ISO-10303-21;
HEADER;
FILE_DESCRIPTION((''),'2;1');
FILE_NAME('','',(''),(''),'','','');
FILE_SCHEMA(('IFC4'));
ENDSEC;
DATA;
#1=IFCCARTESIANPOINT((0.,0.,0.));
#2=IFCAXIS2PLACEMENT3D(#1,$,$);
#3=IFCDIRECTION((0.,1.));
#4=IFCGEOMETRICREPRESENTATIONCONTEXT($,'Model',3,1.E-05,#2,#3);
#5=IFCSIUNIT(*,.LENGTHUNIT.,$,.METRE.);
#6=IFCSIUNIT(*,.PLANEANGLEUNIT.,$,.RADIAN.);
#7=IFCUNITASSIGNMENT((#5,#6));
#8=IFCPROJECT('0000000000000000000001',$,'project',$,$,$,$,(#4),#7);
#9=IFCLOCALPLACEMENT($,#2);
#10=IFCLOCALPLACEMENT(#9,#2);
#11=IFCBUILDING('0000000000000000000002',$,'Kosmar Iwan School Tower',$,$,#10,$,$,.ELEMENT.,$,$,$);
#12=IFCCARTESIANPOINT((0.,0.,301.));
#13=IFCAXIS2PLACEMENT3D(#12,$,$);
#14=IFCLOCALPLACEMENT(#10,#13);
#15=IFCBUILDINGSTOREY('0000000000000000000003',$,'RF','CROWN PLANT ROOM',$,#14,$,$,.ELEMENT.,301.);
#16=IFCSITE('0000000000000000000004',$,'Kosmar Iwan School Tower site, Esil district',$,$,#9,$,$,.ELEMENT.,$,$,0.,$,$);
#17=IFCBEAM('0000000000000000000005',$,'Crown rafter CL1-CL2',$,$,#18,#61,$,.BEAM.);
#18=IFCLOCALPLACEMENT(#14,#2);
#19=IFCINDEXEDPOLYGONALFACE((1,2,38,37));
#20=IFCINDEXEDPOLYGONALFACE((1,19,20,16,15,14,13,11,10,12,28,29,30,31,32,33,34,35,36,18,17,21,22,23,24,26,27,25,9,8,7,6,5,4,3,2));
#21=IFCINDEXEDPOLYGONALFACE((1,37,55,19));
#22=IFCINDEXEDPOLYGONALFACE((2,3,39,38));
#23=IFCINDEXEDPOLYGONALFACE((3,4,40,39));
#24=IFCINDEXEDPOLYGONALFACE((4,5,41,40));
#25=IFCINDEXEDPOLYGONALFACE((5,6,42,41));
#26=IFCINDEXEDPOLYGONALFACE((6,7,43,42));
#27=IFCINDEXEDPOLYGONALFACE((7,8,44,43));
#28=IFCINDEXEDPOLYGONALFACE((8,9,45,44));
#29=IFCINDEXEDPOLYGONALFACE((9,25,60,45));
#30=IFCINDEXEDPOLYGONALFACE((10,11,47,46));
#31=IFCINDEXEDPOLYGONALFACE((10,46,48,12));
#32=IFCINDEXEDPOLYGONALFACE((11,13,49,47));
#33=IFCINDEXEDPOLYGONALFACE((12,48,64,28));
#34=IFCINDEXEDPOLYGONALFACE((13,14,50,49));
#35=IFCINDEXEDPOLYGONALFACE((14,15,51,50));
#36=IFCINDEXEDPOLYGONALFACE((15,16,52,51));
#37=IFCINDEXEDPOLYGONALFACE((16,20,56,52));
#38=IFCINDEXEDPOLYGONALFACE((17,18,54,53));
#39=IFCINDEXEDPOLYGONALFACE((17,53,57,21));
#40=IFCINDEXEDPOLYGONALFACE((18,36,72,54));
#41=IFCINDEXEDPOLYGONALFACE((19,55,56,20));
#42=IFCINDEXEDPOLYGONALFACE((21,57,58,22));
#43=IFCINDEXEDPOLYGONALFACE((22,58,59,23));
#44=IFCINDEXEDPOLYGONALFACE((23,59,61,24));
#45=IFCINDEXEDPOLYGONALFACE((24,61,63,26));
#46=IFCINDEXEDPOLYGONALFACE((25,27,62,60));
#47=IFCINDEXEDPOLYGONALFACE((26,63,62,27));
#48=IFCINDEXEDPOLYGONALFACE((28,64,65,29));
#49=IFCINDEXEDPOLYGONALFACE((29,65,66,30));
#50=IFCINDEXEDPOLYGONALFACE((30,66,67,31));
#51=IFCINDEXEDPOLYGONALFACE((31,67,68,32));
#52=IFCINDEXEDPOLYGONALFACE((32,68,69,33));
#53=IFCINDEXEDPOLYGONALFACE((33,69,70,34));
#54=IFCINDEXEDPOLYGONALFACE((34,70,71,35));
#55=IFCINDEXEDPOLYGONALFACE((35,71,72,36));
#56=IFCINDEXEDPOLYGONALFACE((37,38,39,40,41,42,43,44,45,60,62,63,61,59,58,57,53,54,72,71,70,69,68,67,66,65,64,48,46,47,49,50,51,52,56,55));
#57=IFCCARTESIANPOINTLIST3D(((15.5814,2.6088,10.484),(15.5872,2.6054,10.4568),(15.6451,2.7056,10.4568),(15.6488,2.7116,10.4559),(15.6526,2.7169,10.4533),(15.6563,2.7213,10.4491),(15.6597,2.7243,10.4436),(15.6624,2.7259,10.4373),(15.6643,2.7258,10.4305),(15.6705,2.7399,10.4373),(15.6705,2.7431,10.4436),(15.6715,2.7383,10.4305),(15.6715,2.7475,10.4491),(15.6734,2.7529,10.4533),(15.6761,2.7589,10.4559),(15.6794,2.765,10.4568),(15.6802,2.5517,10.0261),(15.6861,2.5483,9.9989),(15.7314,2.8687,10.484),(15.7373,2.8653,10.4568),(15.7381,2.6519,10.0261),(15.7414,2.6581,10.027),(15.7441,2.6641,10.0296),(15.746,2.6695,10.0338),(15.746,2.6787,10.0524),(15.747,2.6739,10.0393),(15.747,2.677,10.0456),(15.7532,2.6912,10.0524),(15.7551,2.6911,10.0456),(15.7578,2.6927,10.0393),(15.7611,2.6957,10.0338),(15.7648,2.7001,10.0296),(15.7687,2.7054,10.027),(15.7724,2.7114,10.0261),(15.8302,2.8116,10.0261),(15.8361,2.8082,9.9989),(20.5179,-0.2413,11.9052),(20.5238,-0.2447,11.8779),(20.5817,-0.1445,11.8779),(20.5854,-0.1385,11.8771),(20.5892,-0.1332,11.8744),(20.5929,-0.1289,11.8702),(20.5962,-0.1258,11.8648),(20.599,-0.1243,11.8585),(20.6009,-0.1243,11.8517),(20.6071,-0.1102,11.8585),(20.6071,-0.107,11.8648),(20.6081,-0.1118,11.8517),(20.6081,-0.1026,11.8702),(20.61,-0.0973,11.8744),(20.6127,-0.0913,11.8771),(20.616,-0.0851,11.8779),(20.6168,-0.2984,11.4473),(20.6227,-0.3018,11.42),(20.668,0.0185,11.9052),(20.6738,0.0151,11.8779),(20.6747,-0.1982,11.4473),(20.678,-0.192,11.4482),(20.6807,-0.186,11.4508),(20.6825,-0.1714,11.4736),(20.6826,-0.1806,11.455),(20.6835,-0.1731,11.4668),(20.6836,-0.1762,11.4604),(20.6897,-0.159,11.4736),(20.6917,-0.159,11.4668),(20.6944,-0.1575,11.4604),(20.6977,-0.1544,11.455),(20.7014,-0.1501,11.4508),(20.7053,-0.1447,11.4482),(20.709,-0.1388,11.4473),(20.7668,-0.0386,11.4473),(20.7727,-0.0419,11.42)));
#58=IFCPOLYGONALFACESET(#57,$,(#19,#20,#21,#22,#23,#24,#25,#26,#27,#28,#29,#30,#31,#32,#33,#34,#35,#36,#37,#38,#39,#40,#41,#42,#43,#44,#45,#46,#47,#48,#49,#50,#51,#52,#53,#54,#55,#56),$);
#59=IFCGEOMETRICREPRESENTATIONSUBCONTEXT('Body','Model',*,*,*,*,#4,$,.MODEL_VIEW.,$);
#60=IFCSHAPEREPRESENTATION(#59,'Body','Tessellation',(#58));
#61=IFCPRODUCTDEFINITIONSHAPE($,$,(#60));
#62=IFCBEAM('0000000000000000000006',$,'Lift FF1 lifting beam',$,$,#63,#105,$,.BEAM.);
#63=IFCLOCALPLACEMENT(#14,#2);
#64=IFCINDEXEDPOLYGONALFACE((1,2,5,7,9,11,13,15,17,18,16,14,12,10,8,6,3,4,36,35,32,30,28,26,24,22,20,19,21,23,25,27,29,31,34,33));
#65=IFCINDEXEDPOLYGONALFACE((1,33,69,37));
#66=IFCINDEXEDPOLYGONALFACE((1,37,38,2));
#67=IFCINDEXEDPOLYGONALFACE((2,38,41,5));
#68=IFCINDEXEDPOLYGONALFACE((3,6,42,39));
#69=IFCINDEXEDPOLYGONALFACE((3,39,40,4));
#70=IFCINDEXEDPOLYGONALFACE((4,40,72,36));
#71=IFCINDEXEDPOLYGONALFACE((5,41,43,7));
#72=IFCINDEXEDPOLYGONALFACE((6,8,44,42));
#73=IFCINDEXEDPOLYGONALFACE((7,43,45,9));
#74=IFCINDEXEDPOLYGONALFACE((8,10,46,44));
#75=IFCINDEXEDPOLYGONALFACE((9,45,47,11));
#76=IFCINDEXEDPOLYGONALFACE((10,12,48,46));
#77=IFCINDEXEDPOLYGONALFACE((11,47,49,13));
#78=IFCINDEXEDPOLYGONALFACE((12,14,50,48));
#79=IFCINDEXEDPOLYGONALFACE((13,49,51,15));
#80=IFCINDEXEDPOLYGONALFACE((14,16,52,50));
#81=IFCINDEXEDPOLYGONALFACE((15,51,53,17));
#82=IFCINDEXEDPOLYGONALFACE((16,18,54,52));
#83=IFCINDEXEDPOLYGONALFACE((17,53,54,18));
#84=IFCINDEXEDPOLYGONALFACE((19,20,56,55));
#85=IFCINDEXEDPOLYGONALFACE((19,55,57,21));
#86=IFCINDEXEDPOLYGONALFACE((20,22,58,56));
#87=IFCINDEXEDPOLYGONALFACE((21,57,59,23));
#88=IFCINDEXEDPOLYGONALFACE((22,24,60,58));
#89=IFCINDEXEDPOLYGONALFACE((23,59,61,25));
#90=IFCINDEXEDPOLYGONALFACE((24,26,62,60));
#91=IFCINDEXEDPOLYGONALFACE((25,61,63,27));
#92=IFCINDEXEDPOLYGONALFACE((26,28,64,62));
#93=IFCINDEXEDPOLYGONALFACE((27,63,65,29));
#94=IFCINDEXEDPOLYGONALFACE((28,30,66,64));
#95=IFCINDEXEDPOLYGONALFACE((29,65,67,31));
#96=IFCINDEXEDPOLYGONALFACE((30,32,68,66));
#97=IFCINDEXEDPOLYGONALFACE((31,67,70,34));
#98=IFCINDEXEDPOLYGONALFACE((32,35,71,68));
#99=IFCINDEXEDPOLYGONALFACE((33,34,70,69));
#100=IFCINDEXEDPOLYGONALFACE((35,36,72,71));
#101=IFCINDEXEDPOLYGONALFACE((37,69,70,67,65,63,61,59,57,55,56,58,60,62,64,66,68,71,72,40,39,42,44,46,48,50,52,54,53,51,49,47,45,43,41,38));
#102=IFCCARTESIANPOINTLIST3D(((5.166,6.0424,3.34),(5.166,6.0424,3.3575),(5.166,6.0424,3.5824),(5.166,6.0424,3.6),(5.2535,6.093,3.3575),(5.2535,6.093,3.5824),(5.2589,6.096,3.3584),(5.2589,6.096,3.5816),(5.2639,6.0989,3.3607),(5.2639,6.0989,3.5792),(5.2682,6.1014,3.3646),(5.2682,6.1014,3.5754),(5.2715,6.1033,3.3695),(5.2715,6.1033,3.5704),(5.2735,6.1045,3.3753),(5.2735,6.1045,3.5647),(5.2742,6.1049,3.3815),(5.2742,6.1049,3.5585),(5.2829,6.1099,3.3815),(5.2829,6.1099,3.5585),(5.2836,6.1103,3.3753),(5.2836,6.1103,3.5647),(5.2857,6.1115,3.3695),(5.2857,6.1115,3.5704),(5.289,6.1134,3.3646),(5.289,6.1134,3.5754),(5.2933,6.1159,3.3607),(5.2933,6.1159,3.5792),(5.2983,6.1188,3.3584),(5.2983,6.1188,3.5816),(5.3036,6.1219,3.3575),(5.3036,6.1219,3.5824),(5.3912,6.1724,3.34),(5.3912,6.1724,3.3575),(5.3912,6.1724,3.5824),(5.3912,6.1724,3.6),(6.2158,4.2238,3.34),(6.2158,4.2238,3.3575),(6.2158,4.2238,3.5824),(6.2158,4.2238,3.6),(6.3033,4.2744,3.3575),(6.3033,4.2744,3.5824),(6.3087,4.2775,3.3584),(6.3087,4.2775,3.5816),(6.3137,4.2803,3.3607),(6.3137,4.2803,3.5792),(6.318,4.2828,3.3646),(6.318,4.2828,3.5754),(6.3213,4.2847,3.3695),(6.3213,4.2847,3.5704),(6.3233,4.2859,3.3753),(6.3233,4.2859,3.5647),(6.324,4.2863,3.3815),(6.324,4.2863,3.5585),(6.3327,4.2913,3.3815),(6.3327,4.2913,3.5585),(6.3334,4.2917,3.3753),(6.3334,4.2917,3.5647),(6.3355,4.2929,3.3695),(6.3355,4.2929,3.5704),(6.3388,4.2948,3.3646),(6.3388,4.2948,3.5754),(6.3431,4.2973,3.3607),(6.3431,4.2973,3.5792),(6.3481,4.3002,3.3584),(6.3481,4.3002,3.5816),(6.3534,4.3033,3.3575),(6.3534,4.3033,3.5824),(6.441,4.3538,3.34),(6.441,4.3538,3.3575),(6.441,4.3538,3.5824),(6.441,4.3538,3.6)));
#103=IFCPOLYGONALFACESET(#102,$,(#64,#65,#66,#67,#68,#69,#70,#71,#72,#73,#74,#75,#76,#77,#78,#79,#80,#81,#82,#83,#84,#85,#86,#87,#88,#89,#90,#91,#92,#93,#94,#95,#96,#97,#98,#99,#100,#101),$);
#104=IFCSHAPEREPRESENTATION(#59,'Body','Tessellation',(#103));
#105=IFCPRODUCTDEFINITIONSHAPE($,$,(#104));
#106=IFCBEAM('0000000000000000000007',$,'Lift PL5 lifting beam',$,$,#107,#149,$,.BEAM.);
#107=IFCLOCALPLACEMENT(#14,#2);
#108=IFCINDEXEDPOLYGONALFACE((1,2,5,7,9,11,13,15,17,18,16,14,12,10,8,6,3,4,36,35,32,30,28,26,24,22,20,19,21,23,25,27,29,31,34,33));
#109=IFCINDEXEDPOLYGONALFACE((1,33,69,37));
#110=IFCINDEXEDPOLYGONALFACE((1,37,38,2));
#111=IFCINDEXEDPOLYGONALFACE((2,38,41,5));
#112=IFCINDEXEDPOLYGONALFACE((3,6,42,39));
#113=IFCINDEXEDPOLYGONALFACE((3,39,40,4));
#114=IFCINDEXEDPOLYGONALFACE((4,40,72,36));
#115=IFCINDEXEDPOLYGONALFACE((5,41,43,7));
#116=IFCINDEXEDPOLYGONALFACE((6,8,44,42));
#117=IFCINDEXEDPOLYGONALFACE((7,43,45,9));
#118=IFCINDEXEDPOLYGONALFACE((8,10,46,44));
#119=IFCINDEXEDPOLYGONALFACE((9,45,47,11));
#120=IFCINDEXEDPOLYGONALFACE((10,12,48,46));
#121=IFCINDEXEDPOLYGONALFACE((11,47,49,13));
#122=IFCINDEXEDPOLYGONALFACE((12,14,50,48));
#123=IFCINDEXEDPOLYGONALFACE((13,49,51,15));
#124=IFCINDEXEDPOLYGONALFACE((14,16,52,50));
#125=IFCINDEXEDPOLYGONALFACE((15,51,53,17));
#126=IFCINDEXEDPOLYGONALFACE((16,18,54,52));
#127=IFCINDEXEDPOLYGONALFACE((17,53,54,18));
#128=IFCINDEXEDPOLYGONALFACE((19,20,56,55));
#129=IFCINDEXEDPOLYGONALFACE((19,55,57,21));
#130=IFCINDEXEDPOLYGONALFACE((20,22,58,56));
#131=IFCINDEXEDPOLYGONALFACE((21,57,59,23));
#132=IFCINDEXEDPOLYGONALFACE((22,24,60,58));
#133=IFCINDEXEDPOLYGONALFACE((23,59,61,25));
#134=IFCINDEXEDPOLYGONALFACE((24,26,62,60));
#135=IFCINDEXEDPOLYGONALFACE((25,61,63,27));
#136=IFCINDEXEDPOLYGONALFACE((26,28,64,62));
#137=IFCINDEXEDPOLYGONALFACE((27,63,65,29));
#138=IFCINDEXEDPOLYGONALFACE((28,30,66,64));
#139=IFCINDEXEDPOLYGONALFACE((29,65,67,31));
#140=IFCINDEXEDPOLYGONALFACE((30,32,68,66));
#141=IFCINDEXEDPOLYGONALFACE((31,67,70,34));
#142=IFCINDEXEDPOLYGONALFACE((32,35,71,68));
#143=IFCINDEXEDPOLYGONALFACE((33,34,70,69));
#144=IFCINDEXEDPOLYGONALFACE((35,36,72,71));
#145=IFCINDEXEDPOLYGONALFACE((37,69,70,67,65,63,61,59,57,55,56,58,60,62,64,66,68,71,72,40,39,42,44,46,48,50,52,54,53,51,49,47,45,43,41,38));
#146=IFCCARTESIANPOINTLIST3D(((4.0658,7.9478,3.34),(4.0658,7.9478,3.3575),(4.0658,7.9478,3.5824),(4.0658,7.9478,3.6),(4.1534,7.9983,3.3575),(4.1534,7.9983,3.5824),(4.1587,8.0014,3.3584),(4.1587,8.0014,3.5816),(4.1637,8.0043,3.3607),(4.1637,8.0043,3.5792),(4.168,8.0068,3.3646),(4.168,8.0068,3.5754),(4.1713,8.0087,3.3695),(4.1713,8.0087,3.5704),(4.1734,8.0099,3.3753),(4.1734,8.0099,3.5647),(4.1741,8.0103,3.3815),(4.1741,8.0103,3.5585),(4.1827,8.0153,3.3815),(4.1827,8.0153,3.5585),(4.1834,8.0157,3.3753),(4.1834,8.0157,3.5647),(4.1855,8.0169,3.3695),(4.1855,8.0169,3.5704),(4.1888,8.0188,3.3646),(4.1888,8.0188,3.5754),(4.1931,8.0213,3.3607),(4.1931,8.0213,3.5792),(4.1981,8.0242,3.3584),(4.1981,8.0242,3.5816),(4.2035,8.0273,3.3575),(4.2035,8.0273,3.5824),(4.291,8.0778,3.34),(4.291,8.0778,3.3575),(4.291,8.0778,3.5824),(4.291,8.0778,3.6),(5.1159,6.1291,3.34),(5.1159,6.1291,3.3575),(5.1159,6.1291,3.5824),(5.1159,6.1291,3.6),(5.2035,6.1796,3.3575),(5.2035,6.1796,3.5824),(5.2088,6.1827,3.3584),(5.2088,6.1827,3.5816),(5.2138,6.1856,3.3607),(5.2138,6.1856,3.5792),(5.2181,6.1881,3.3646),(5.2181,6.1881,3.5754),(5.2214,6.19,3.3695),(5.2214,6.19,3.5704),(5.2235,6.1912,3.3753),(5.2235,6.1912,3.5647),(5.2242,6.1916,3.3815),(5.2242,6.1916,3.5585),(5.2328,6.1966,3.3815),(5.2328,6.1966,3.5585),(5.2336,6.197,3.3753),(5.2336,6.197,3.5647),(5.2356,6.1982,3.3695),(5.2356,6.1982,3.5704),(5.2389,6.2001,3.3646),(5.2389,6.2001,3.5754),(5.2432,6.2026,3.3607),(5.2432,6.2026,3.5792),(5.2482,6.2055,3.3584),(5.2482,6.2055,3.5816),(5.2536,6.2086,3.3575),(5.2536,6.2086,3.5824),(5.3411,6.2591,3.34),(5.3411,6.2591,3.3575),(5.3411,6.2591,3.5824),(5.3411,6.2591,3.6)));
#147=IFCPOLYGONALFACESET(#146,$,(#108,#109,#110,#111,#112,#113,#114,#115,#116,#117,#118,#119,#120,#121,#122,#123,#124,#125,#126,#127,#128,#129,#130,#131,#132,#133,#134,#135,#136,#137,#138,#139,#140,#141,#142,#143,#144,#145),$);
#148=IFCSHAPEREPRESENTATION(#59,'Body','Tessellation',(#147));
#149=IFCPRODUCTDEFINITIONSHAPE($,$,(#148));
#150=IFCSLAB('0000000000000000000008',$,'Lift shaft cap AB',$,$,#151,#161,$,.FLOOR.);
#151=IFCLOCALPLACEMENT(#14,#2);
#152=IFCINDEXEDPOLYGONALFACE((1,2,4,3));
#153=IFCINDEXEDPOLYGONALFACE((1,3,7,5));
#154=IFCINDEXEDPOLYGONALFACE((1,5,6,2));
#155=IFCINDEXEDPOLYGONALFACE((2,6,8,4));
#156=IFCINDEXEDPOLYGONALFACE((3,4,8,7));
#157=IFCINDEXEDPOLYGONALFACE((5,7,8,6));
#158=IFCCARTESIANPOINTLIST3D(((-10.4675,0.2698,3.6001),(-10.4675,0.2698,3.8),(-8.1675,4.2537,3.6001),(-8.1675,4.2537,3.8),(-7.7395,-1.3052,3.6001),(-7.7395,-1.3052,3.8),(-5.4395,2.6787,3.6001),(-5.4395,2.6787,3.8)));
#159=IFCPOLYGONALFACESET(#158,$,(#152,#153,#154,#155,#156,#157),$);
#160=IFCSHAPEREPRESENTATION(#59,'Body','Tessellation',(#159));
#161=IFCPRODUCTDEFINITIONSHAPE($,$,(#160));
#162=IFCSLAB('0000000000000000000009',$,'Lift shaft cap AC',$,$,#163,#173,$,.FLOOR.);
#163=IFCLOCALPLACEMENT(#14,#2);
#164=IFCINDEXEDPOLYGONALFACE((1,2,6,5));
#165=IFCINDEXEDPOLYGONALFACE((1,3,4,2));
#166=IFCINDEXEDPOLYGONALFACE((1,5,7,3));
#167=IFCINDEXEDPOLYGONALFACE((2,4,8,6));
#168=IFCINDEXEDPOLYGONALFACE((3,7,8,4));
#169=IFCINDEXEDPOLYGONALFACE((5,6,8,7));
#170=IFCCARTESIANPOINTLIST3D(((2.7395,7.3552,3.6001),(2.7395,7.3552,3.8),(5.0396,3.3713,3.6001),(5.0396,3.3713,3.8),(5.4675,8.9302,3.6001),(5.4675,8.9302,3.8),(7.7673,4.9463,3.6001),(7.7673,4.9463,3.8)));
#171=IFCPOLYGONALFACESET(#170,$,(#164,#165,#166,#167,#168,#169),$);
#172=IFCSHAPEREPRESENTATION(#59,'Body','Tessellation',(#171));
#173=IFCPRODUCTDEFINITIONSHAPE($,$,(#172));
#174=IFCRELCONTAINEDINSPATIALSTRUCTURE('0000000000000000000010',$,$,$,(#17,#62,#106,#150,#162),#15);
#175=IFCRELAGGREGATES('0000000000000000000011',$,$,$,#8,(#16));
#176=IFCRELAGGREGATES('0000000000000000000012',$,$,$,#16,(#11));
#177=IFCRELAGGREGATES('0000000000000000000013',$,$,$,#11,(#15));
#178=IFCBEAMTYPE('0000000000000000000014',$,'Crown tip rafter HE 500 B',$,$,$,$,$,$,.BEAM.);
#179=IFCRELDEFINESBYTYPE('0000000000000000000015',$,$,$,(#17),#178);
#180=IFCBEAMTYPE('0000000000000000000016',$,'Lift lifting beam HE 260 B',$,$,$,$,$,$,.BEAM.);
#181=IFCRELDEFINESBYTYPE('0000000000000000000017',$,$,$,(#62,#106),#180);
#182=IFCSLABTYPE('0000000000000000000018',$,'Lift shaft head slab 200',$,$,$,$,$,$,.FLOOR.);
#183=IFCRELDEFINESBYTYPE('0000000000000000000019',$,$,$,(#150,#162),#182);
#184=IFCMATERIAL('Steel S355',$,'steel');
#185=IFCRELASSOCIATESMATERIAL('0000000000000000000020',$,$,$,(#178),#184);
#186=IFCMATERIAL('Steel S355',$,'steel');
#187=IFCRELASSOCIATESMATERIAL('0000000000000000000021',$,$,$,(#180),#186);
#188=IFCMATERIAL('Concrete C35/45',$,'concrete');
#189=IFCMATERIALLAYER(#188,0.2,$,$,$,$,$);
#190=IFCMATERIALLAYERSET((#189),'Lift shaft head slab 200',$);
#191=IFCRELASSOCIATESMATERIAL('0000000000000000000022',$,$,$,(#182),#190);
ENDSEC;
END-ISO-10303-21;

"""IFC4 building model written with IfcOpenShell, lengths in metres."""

from ifc_helpers import new_model, si_unit, direction, frame, origin, origin_2d, place, context, subcontext, project, spatial, polyline, i_section, outline, extrude, material, layer, layer_set, material_profile, profile_set, type_object, element, save


model = new_model("IFC4")

# Units and contexts
model_context = context("Model", 3, precision=1e-05, world=origin(), true_north=direction((0.0, 1.0)))
body_context = subcontext(model_context, "Body", "Model", "MODEL_VIEW")
ifc_project = project(units=[si_unit("LENGTHUNIT", "METRE"), si_unit("PLANEANGLEUNIT", "RADIAN")], contexts=[model_context])

# Site, building, storey
site_placement = place(None, origin())
site = spatial("IfcSite", under=ifc_project, at=site_placement, Name="Kosmar Iwan School Tower site, Esil district", CompositionType="ELEMENT", RefElevation=0.0)
building_placement = place(site_placement, origin())
building = spatial("IfcBuilding", under=site, at=building_placement, Name="Kosmar Iwan School Tower", CompositionType="ELEMENT")
storey_placement = place(building_placement, frame((0.0, 0.0, 301.0)))
storey = spatial("IfcBuildingStorey", under=building, at=storey_placement, Name="RF", Description="CROWN PLANT ROOM", CompositionType="ELEMENT", Elevation=301.0)

# Beams
ifc_material_1 = material(Name="Steel S355", Category="steel")
ifc_material_profile_1 = material_profile(ifc_material_1, i_section(OverallWidth=0.3, OverallDepth=0.5, WebThickness=0.0144, FlangeThickness=0.0281, FilletRadius=0.0271, at=origin_2d()), Name="HE 500 B")
ifc_profile_set_1 = profile_set([ifc_material_profile_1], Name="Steel S355")
beam_type_1 = type_object("IfcBeamType", Name="Crown tip rafter HE 500 B", PredefinedType="BEAM", material=ifc_profile_set_1)
beam_1_placement = place(storey_placement, frame((15.7087, 2.7085, 10.2415), z_axis=(0.840304, -0.485149, 0.241909), x_axis=(0.499999, 0.866026, 0.0)))
element("IfcBeam", 1, at=beam_1_placement, inside=storey, type_object=beam_type_1, Name="Crown rafter CL1-CL2", PredefinedType="BEAM", context=body_context, shape_type="SweptSolid", body=[
    extrude(i_section(OverallWidth=0.3, OverallDepth=0.5, WebThickness=0.0144, FlangeThickness=0.0281, FilletRadius=0.0271, at=origin_2d()), origin(), (0.0, 0.0, 1.0), 5.8748),
])
ifc_material_2 = material(Name="Steel S355", Category="steel")
ifc_material_profile_2 = material_profile(ifc_material_2, i_section(OverallWidth=0.26, OverallDepth=0.26, WebThickness=0.01, FlangeThickness=0.0176, FilletRadius=0.0239, at=origin_2d()), Name="HE 260 B")
ifc_profile_set_2 = profile_set([ifc_material_profile_2], Name="Steel S355")
beam_type_2 = type_object("IfcBeamType", Name="Lift lifting beam HE 260 B", PredefinedType="BEAM", material=ifc_profile_set_2)
beam_2_placement = place(storey_placement, frame((6.3284, 4.2888, 3.47), z_axis=(-0.499941, 0.86606, 0.0), x_axis=(-0.86606, -0.499941, 0.0)))
element("IfcBeam", 2, at=beam_2_placement, inside=storey, type_object=beam_type_2, Name="Lift FF1 lifting beam", PredefinedType="BEAM", context=body_context, shape_type="SweptSolid", body=[
    extrude(i_section(OverallWidth=0.26, OverallDepth=0.26, WebThickness=0.01, FlangeThickness=0.0176, FilletRadius=0.0239, at=origin_2d()), origin(), (0.0, 0.0, 1.0), 2.0999),
])
beam_3_placement = place(storey_placement, frame((5.2285, 6.1941, 3.47), z_axis=(-0.500028, 0.866009, 0.0), x_axis=(-0.866009, -0.500028, 0.0)))
element("IfcBeam", 3, at=beam_3_placement, inside=storey, type_object=beam_type_2, Name="Lift PL5 lifting beam", PredefinedType="BEAM", context=body_context, shape_type="SweptSolid", body=[
    extrude(i_section(OverallWidth=0.26, OverallDepth=0.26, WebThickness=0.01, FlangeThickness=0.0176, FilletRadius=0.0239, at=origin_2d()), origin(), (0.0, 0.0, 1.0), 2.1001),
])

# Slabs
ifc_material_3 = material(Name="Concrete C35/45", Category="concrete")
ifc_layer_1 = layer(ifc_material_3, 0.2)
ifc_layer_set_1 = layer_set([ifc_layer_1], Name="Lift shaft head slab 200")
slab_type_1 = type_object("IfcSlabType", Name="Lift shaft head slab 200", PredefinedType="FLOOR", material=ifc_layer_set_1)
slab_1_placement = place(storey_placement, frame((0.0, 0.0, 3.6001)))
element("IfcSlab", 4, at=slab_1_placement, inside=storey, type_object=slab_type_1, Name="Lift shaft cap AB", PredefinedType="FLOOR", context=body_context, shape_type="SweptSolid", body=[
    extrude(outline(polyline([(-5.4395, 2.6787), (-8.1675, 4.2537), (-10.4675, 0.2698), (-7.7395, -1.3052), (-5.4395, 2.6787)])), origin(), (0.0, 0.0, 1.0), 0.2),
])
slab_2_placement = place(storey_placement, frame((0.0, 0.0, 3.6001)))
element("IfcSlab", 5, at=slab_2_placement, inside=storey, type_object=slab_type_1, Name="Lift shaft cap AC", PredefinedType="FLOOR", context=body_context, shape_type="SweptSolid", body=[
    extrude(outline(polyline([(5.0396, 3.3713), (7.7673, 4.9463), (5.4675, 8.9302), (2.7395, 7.3552), (5.0396, 3.3713)])), origin(), (0.0, 0.0, 1.0), 0.2),
])

save(model, "model.ifc")
